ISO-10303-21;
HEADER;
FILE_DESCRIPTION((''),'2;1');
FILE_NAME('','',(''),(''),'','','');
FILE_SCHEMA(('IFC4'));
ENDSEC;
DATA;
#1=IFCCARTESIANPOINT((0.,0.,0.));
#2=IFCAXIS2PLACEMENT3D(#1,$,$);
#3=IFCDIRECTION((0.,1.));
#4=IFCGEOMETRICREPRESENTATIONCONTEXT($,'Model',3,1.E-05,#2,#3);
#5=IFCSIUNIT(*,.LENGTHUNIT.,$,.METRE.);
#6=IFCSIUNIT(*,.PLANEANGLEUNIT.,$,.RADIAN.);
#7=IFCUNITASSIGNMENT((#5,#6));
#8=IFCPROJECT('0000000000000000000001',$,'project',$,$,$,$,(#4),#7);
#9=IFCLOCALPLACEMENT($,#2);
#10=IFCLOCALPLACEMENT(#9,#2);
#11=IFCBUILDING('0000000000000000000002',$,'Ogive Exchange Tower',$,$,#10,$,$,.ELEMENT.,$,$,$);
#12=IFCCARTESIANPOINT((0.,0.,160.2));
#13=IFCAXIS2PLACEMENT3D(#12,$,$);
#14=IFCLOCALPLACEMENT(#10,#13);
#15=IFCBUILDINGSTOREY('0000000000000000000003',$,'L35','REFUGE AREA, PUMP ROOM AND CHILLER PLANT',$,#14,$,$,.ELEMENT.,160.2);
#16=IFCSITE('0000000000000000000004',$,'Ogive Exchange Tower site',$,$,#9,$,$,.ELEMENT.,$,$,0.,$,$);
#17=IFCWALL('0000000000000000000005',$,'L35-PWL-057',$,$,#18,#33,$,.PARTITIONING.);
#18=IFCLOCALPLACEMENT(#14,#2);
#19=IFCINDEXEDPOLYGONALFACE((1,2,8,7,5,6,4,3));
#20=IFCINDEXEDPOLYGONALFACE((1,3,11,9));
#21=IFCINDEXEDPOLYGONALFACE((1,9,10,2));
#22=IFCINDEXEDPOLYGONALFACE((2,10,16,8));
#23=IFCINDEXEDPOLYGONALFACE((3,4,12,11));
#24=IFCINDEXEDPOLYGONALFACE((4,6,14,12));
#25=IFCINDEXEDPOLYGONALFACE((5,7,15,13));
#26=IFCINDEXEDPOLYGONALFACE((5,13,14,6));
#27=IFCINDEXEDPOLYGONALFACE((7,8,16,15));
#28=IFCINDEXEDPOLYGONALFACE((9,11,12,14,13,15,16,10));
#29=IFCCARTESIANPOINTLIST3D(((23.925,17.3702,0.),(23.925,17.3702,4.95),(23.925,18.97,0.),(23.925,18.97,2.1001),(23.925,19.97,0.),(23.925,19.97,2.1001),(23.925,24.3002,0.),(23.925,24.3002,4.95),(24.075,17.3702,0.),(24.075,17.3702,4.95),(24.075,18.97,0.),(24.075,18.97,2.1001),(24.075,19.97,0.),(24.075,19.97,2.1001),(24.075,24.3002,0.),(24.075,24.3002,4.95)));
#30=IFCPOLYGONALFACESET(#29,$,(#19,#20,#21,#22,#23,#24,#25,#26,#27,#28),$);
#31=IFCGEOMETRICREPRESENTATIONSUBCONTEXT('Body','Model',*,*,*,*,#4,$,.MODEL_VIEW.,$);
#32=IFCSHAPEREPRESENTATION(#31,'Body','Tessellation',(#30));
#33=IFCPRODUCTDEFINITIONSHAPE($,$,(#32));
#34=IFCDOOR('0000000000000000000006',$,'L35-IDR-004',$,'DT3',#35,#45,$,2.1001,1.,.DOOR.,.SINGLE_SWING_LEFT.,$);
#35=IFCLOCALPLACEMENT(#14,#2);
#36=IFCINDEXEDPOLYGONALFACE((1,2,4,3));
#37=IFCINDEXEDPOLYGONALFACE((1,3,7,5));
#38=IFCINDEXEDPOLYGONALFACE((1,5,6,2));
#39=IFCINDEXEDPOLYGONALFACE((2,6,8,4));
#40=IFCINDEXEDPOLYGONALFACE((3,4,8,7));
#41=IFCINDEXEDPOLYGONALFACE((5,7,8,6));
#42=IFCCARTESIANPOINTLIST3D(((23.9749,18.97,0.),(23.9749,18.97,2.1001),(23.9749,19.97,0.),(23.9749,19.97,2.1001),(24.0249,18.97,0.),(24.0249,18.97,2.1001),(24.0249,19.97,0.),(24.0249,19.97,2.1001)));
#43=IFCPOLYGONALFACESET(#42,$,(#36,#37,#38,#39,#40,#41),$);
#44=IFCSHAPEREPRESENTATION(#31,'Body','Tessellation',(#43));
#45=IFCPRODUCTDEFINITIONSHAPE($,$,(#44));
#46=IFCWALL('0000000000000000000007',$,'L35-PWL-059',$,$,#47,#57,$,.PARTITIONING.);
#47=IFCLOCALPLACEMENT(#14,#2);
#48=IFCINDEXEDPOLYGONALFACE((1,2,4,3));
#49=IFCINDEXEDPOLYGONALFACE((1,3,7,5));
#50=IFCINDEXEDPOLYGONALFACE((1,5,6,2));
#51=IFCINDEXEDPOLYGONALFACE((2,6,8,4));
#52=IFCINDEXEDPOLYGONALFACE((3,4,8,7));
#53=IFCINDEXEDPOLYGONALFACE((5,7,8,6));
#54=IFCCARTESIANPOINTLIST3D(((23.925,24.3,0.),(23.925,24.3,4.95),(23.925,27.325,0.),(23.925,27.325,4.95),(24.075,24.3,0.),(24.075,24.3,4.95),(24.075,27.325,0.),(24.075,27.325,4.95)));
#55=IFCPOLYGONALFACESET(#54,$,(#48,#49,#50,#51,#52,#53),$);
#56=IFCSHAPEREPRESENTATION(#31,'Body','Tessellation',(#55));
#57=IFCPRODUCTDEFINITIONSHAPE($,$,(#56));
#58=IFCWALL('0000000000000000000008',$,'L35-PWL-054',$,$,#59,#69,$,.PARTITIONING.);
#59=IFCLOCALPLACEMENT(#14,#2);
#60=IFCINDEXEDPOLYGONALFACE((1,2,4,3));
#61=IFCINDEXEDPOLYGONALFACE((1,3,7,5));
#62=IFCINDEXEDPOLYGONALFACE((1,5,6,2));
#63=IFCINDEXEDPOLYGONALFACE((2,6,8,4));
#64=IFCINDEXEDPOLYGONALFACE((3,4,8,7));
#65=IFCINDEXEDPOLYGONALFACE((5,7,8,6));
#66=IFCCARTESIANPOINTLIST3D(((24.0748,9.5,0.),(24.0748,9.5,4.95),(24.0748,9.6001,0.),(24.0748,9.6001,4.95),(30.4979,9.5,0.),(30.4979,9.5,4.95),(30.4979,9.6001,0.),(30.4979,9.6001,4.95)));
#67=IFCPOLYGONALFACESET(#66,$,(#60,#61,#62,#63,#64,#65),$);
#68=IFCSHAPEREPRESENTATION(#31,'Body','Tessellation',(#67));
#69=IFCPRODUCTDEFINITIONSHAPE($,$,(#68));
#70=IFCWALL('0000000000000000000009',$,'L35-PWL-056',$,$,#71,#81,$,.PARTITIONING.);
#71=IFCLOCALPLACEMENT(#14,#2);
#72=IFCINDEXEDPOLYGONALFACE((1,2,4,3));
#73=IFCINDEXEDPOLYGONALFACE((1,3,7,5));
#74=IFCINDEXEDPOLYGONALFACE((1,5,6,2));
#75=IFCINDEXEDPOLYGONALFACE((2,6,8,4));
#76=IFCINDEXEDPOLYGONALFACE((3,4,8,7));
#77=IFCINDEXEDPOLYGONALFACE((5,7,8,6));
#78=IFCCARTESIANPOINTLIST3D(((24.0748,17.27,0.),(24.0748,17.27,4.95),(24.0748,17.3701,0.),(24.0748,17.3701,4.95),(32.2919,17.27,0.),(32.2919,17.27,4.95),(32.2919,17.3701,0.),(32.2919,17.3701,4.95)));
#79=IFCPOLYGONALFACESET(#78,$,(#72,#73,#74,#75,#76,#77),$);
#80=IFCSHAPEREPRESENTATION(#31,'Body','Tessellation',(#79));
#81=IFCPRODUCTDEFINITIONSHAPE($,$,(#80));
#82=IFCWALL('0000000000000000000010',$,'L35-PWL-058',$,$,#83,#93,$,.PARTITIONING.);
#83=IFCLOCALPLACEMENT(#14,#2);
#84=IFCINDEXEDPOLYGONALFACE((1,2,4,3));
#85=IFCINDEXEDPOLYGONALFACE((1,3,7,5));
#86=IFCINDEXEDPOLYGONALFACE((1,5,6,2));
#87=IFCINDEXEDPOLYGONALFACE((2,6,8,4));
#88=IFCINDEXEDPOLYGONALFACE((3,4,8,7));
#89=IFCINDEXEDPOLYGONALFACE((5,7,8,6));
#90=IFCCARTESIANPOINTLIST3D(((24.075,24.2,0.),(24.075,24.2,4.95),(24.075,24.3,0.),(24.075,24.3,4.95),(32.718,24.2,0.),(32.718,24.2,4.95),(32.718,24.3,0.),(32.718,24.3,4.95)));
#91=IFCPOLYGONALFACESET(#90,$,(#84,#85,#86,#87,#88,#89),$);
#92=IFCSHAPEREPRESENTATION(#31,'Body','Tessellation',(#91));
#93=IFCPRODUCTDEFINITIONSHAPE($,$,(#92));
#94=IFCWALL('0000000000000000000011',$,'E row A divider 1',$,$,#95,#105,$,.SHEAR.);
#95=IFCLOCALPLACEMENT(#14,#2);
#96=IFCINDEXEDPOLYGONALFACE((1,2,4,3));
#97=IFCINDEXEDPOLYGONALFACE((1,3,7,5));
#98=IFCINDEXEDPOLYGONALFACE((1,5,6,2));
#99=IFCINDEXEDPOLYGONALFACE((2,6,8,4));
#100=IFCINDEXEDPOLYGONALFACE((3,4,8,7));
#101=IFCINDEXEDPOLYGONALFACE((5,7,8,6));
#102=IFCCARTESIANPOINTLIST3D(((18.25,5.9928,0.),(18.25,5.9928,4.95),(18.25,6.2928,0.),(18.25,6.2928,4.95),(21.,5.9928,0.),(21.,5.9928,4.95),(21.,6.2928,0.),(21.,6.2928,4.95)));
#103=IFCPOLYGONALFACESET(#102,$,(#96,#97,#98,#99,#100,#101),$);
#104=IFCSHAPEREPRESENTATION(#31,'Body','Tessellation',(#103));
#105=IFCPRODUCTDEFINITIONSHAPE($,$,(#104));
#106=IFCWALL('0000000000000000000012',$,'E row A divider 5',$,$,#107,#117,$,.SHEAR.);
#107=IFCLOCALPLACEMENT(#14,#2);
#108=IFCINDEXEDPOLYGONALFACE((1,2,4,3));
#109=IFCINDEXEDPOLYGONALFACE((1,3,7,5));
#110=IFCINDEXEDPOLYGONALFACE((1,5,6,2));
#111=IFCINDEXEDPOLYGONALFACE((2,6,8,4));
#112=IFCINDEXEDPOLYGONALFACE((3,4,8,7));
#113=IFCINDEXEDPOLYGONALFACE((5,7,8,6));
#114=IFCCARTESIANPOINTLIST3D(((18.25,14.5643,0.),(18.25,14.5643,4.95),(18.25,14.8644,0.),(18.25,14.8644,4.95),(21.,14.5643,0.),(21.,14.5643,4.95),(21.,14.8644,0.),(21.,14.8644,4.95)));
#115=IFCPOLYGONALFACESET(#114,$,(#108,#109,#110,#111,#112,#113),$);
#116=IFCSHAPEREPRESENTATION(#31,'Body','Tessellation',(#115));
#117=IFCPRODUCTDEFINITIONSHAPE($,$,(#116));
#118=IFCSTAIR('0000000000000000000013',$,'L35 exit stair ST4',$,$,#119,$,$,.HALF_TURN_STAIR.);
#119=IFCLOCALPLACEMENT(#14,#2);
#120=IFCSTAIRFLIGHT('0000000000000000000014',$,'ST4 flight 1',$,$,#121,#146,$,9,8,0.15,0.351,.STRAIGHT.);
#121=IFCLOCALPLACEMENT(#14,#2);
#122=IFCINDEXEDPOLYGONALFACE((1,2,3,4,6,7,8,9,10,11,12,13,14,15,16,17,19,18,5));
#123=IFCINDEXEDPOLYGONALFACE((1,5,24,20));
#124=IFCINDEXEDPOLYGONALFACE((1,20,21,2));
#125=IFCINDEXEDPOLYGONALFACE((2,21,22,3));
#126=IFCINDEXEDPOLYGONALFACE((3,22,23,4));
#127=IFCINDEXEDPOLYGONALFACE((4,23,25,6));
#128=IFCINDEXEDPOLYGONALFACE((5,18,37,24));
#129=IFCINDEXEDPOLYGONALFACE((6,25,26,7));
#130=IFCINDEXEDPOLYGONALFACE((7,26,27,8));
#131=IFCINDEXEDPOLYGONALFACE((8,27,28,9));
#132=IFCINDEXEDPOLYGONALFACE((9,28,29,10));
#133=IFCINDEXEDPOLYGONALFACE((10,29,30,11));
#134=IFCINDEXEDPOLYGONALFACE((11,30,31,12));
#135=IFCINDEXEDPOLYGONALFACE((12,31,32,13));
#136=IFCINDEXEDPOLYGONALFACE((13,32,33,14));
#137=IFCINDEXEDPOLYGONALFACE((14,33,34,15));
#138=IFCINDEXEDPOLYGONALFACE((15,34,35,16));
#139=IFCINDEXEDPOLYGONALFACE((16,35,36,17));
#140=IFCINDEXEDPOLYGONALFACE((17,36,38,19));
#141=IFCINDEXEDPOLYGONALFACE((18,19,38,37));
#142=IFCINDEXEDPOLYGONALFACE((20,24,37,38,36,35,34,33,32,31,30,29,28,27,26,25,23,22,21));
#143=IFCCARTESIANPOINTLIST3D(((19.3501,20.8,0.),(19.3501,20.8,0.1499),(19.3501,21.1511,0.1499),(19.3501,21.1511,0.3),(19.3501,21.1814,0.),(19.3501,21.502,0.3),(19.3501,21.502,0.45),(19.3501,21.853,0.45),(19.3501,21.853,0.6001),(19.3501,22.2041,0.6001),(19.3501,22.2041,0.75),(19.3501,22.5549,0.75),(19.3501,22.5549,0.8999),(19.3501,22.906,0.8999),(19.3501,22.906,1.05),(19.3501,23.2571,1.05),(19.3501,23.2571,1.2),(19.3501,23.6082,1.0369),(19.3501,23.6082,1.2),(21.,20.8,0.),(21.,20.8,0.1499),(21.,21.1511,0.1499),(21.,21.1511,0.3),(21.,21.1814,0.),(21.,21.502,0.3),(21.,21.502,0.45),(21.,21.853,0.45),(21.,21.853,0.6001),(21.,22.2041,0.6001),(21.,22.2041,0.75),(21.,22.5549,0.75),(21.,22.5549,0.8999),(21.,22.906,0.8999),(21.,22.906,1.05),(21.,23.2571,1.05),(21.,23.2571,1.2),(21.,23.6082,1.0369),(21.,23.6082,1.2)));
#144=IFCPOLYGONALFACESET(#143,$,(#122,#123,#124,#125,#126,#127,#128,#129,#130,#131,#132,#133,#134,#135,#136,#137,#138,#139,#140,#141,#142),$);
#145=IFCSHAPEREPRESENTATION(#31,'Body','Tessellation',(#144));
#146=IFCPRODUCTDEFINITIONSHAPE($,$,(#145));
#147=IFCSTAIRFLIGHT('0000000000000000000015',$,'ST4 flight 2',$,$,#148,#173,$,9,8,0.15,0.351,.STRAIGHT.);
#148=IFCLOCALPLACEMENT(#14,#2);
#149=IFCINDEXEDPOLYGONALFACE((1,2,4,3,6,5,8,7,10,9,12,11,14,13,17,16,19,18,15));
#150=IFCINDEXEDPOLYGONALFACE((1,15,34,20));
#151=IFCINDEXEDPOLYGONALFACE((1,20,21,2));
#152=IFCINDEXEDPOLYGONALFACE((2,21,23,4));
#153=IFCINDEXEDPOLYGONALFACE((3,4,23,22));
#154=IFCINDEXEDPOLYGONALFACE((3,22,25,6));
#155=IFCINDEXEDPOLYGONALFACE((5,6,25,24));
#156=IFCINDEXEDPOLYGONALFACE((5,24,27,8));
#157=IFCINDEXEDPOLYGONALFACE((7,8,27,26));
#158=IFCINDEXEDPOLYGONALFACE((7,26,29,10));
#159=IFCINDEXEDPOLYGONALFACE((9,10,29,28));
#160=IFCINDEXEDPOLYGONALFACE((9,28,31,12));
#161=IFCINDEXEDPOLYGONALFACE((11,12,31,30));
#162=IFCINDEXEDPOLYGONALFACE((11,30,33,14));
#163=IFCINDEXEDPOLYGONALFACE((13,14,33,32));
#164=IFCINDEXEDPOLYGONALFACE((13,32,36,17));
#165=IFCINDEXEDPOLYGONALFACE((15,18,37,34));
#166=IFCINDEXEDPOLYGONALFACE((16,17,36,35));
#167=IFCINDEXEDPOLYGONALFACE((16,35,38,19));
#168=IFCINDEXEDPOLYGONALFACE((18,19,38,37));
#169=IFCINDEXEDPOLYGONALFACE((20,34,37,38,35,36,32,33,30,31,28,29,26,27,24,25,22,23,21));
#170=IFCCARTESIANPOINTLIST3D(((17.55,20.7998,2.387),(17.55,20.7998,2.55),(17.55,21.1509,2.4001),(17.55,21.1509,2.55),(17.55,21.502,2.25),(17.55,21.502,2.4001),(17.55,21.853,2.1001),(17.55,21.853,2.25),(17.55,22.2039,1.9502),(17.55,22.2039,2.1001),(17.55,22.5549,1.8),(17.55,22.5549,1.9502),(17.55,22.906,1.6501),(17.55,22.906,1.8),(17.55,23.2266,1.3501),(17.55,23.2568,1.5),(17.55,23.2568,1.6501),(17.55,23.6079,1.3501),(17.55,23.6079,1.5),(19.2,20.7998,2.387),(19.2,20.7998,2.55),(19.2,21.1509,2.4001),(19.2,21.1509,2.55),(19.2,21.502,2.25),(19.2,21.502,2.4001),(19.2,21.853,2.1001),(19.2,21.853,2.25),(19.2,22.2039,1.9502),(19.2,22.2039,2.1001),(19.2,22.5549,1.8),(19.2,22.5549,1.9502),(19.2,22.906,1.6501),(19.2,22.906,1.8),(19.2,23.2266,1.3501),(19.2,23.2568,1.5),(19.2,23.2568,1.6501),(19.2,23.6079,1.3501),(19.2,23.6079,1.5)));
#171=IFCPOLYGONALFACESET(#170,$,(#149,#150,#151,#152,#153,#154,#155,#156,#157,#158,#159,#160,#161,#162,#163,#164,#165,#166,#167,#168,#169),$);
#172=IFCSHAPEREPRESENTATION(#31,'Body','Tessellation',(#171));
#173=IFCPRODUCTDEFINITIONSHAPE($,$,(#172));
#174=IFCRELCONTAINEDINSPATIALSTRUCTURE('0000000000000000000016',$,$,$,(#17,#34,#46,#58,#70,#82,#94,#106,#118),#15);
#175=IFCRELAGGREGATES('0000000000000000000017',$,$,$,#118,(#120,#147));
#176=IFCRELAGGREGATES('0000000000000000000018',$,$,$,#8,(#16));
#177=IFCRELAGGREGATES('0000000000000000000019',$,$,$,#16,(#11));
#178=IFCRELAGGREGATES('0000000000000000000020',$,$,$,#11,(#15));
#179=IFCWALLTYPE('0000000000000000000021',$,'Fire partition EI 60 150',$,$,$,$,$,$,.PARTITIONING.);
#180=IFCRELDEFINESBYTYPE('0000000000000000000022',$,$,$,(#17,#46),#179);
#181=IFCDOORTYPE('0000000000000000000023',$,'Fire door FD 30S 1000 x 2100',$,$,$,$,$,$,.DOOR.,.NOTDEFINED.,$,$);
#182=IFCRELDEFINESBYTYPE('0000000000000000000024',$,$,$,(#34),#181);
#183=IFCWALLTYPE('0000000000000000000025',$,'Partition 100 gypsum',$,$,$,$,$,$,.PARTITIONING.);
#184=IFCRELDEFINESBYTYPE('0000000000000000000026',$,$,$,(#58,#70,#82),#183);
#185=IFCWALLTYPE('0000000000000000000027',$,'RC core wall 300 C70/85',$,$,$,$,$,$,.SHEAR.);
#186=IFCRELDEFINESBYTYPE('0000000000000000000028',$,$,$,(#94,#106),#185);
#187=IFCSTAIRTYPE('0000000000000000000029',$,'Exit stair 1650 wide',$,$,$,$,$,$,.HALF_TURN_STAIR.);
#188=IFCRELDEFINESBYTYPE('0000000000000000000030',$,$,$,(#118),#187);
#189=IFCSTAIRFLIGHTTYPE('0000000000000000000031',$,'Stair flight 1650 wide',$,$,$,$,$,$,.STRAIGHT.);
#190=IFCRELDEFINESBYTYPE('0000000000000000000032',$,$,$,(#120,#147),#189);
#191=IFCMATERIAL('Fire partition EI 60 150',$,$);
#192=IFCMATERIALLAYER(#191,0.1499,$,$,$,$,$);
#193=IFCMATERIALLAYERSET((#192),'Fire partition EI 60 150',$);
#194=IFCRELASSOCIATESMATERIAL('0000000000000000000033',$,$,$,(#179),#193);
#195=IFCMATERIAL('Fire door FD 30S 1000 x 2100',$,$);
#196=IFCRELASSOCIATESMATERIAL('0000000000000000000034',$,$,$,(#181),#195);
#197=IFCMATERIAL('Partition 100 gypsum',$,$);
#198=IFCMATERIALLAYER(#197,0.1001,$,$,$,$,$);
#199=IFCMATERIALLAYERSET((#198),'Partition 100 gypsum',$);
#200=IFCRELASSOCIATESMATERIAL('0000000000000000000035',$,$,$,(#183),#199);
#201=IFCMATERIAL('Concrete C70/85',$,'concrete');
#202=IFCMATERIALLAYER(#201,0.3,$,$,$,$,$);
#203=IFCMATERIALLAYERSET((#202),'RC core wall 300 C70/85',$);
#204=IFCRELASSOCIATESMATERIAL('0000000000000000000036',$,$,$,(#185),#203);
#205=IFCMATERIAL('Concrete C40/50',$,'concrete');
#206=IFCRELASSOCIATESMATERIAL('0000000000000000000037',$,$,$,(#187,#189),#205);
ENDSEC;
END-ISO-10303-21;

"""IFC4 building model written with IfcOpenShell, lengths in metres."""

from ifc_helpers import new_model, si_unit, direction, frame, frame_2d, origin, place, context, subcontext, project, spatial, polyline, rectangle, outline, extrude, material, layer, layer_set, type_object, element, fill, aggregate, save


model = new_model("IFC4")

# Units and contexts
model_context = context("Model", 3, precision=1e-05, world=origin(), true_north=direction((0.0, 1.0)))
body_context = subcontext(model_context, "Body", "Model", "MODEL_VIEW")
ifc_project = project(units=[si_unit("LENGTHUNIT", "METRE"), si_unit("PLANEANGLEUNIT", "RADIAN")], contexts=[model_context])

# Site, building, storey
site_placement = place(None, origin())
site = spatial("IfcSite", under=ifc_project, at=site_placement, Name="Ogive Exchange Tower site", CompositionType="ELEMENT", RefElevation=0.0)
building_placement = place(site_placement, origin())
building = spatial("IfcBuilding", under=site, at=building_placement, Name="Ogive Exchange Tower", CompositionType="ELEMENT")
storey_placement = place(building_placement, frame((0.0, 0.0, 160.2)))
storey = spatial("IfcBuildingStorey", under=building, at=storey_placement, Name="L35", Description="REFUGE AREA, PUMP ROOM AND CHILLER PLANT", CompositionType="ELEMENT", Elevation=160.2)

# Wall, opening, door
ifc_material_1 = material(Name="Fire partition EI 60 150")
ifc_layer_1 = layer(ifc_material_1, 0.1499)
ifc_layer_set_1 = layer_set([ifc_layer_1], Name="Fire partition EI 60 150")
wall_type_1 = type_object("IfcWallType", Name="Fire partition EI 60 150", PredefinedType="PARTITIONING", material=ifc_layer_set_1)
ifc_material_2 = material(Name="Fire door FD 30S 1000 x 2100")
door_type = type_object("IfcDoorType", Name="Fire door FD 30S 1000 x 2100", OperationType="NOTDEFINED", PredefinedType="DOOR", material=ifc_material_2)
wall_1_placement = place(storey_placement, frame((24.0, 24.3, 0.0), z_axis=(0.0, 0.0, 1.0), x_axis=(0.0, -1.0, 0.0)))
wall_1 = element("IfcWall", 1, at=wall_1_placement, inside=storey, type_object=wall_type_1, Name="L35-PWL-057", PredefinedType="PARTITIONING", context=body_context, shape_type="SweptSolid", body=[
    extrude(rectangle(XDim=6.9299, YDim=0.1499, at=frame_2d((3.4648, 0.0))), origin(), (0.0, 0.0, 1.0), 4.95),
])
opening_1_placement = place(wall_1_placement, frame((4.3301, 0.0, 0.0)))
opening_1 = element("IfcOpeningElement", 2, at=opening_1_placement, cuts=wall_1, PredefinedType="OPENING", context=body_context, shape_type="SweptSolid", body=[
    extrude(rectangle(XDim=1.0, YDim=2.1001, at=frame_2d((0.5, 1.05))), frame((0.0, 0.085, 0.0), z_axis=(0.0, -1.0, 0.0), x_axis=(1.0, 0.0, 0.0)), (0.0, 0.0, 1.0), 0.1699),
])
door_1_placement = place(opening_1_placement, origin())
door_1 = element("IfcDoor", 3, at=door_1_placement, inside=storey, type_object=door_type, Name="L35-IDR-004", ObjectType="DT3", OperationType="SINGLE_SWING_LEFT", OverallHeight=2.1001, OverallWidth=1.0, PredefinedType="DOOR", context=body_context, shape_type="SweptSolid", body=[
    extrude(rectangle(XDim=1.0, YDim=2.1001, at=frame_2d((0.5, 1.05))), frame((0.0, 0.0249, 0.0), z_axis=(0.0, -1.0, 0.0), x_axis=(1.0, 0.0, 0.0)), (0.0, 0.0, 1.0), 0.05),
])
fill(opening_1, door_1)

# Walls
wall_2_placement = place(storey_placement, frame((24.0, 27.325, 0.0), z_axis=(0.0, 0.0, 1.0), x_axis=(0.0, -1.0, 0.0)))
element("IfcWall", 4, at=wall_2_placement, inside=storey, type_object=wall_type_1, Name="L35-PWL-059", PredefinedType="PARTITIONING", context=body_context, shape_type="SweptSolid", body=[
    extrude(rectangle(XDim=3.0249, YDim=0.1499, at=frame_2d((1.5125, 0.0))), origin(), (0.0, 0.0, 1.0), 4.95),
])
ifc_material_3 = material(Name="Partition 100 gypsum")
ifc_layer_2 = layer(ifc_material_3, 0.1001)
ifc_layer_set_2 = layer_set([ifc_layer_2], Name="Partition 100 gypsum")
wall_type_2 = type_object("IfcWallType", Name="Partition 100 gypsum", PredefinedType="PARTITIONING", material=ifc_layer_set_2)
wall_3_placement = place(storey_placement, frame((24.075, 9.55, 0.0), z_axis=(0.0, 0.0, 1.0), x_axis=(1.0, 0.0, 0.0)))
element("IfcWall", 5, at=wall_3_placement, inside=storey, type_object=wall_type_2, Name="L35-PWL-054", PredefinedType="PARTITIONING", context=body_context, shape_type="SweptSolid", body=[
    extrude(rectangle(XDim=6.4231, YDim=0.1001, at=frame_2d((3.2114, 0.0))), origin(), (0.0, 0.0, 1.0), 4.95),
])
wall_4_placement = place(storey_placement, frame((24.075, 17.3201, 0.0), z_axis=(0.0, 0.0, 1.0), x_axis=(1.0, 0.0, 0.0)))
element("IfcWall", 6, at=wall_4_placement, inside=storey, type_object=wall_type_2, Name="L35-PWL-056", PredefinedType="PARTITIONING", context=body_context, shape_type="SweptSolid", body=[
    extrude(rectangle(XDim=8.217, YDim=0.1001, at=frame_2d((4.1084, 0.0))), origin(), (0.0, 0.0, 1.0), 4.95),
])
wall_5_placement = place(storey_placement, frame((24.075, 24.25, 0.0), z_axis=(0.0, 0.0, 1.0), x_axis=(1.0, 0.0, 0.0)))
element("IfcWall", 7, at=wall_5_placement, inside=storey, type_object=wall_type_2, Name="L35-PWL-058", PredefinedType="PARTITIONING", context=body_context, shape_type="SweptSolid", body=[
    extrude(rectangle(XDim=8.6431, YDim=0.1001, at=frame_2d((4.3215, 0.0))), origin(), (0.0, 0.0, 1.0), 4.95),
])
ifc_material_4 = material(Name="Concrete C70/85", Category="concrete")
ifc_layer_3 = layer(ifc_material_4, 0.3)
ifc_layer_set_3 = layer_set([ifc_layer_3], Name="RC core wall 300 C70/85")
wall_type_3 = type_object("IfcWallType", Name="RC core wall 300 C70/85", PredefinedType="SHEAR", material=ifc_layer_set_3)
for number, where, z_axis, x_axis, name in (
    (8, (18.25, 6.1428, 0.0), (0.0, 0.0, 1.0), (1.0, 0.0, 0.0), "E row A divider 1"),
    (9, (18.25, 14.7144, 0.0), (0.0, 0.0, 1.0), (1.0, 0.0, 0.0), "E row A divider 5"),
):
    element("IfcWall", number, at=place(storey_placement, frame(where, z_axis=z_axis, x_axis=x_axis)), inside=storey, type_object=wall_type_3, Name=name, PredefinedType="SHEAR", context=body_context, shape_type="SweptSolid", body=[
        extrude(rectangle(XDim=2.75, YDim=0.3, at=frame_2d((1.375, 0.0))), origin(), (0.0, 0.0, 1.0), 4.95),
    ])

# Stair, stair flights
ifc_material_5 = material(Name="Concrete C40/50", Category="concrete")
stair_type = type_object("IfcStairType", Name="Exit stair 1650 wide", PredefinedType="HALF_TURN_STAIR", material=ifc_material_5)
stair_placement = place(storey_placement, origin())
stair = element("IfcStair", 10, at=stair_placement, inside=storey, type_object=stair_type, Name="L35 exit stair ST4", PredefinedType="HALF_TURN_STAIR")
stair_flight_type = type_object("IfcStairFlightType", Name="Stair flight 1650 wide", PredefinedType="STRAIGHT", material=ifc_material_5)
stair_flight_1_placement = place(storey_placement, frame((20.175, 20.8, 0.0), z_axis=(0.0, 0.0, 1.0), x_axis=(0.0, 1.0, 0.0)))
stair_flight_1 = element("IfcStairFlight", 11, at=stair_flight_1_placement, type_object=stair_flight_type, Name="ST4 flight 1", NumberOfRisers=9, NumberOfTreads=8, PredefinedType="STRAIGHT", RiserHeight=0.15, TreadLength=0.351, context=body_context, shape_type="SweptSolid", body=[
    extrude(outline(polyline([(0.0, 0.0), (0.0, 0.1499), (0.3511, 0.1499), (0.3511, 0.3), (0.7019, 0.3), (0.7019, 0.45), (1.053, 0.45), (1.053, 0.6001), (1.4041, 0.6001), (1.4041, 0.75), (1.7549, 0.75), (1.7549, 0.8999), (2.106, 0.8999), (2.106, 1.05), (2.457, 1.05), (2.457, 1.2), (2.8081, 1.2), (2.8081, 1.3501), (2.8081, 1.0369), (0.3813, 0.0), (0.0, 0.0)])), frame((0.0, 0.825, 0.0), z_axis=(0.0, -1.0, 0.0), x_axis=(1.0, 0.0, 0.0)), (0.0, 0.0, 1.0), 1.6499),
])
stair_flight_2_placement = place(storey_placement, frame((18.375, 23.6079, 1.3501), z_axis=(0.0, 0.0, 1.0), x_axis=(0.0, -1.0, 0.0)))
stair_flight_2 = element("IfcStairFlight", 12, at=stair_flight_2_placement, type_object=stair_flight_type, Name="ST4 flight 2", NumberOfRisers=9, NumberOfTreads=8, PredefinedType="STRAIGHT", RiserHeight=0.15, TreadLength=0.351, context=body_context, shape_type="SweptSolid", body=[
    extrude(outline(polyline([(0.0, 0.0), (0.0, 0.1499), (0.3511, 0.1499), (0.3511, 0.3), (0.7019, 0.3), (0.7019, 0.45), (1.053, 0.45), (1.053, 0.6001), (1.4041, 0.6001), (1.4041, 0.75), (1.7549, 0.75), (1.7549, 0.8999), (2.106, 0.8999), (2.106, 1.05), (2.457, 1.05), (2.457, 1.2), (2.8081, 1.2), (2.8081, 1.3501), (2.8081, 1.0369), (0.3813, 0.0), (0.0, 0.0)])), frame((0.0, 0.825, 0.0), z_axis=(0.0, -1.0, 0.0), x_axis=(1.0, 0.0, 0.0)), (0.0, 0.0, 1.0), 1.6499),
])
aggregate(stair, [stair_flight_1, stair_flight_2])

save(model, "model.ifc")
